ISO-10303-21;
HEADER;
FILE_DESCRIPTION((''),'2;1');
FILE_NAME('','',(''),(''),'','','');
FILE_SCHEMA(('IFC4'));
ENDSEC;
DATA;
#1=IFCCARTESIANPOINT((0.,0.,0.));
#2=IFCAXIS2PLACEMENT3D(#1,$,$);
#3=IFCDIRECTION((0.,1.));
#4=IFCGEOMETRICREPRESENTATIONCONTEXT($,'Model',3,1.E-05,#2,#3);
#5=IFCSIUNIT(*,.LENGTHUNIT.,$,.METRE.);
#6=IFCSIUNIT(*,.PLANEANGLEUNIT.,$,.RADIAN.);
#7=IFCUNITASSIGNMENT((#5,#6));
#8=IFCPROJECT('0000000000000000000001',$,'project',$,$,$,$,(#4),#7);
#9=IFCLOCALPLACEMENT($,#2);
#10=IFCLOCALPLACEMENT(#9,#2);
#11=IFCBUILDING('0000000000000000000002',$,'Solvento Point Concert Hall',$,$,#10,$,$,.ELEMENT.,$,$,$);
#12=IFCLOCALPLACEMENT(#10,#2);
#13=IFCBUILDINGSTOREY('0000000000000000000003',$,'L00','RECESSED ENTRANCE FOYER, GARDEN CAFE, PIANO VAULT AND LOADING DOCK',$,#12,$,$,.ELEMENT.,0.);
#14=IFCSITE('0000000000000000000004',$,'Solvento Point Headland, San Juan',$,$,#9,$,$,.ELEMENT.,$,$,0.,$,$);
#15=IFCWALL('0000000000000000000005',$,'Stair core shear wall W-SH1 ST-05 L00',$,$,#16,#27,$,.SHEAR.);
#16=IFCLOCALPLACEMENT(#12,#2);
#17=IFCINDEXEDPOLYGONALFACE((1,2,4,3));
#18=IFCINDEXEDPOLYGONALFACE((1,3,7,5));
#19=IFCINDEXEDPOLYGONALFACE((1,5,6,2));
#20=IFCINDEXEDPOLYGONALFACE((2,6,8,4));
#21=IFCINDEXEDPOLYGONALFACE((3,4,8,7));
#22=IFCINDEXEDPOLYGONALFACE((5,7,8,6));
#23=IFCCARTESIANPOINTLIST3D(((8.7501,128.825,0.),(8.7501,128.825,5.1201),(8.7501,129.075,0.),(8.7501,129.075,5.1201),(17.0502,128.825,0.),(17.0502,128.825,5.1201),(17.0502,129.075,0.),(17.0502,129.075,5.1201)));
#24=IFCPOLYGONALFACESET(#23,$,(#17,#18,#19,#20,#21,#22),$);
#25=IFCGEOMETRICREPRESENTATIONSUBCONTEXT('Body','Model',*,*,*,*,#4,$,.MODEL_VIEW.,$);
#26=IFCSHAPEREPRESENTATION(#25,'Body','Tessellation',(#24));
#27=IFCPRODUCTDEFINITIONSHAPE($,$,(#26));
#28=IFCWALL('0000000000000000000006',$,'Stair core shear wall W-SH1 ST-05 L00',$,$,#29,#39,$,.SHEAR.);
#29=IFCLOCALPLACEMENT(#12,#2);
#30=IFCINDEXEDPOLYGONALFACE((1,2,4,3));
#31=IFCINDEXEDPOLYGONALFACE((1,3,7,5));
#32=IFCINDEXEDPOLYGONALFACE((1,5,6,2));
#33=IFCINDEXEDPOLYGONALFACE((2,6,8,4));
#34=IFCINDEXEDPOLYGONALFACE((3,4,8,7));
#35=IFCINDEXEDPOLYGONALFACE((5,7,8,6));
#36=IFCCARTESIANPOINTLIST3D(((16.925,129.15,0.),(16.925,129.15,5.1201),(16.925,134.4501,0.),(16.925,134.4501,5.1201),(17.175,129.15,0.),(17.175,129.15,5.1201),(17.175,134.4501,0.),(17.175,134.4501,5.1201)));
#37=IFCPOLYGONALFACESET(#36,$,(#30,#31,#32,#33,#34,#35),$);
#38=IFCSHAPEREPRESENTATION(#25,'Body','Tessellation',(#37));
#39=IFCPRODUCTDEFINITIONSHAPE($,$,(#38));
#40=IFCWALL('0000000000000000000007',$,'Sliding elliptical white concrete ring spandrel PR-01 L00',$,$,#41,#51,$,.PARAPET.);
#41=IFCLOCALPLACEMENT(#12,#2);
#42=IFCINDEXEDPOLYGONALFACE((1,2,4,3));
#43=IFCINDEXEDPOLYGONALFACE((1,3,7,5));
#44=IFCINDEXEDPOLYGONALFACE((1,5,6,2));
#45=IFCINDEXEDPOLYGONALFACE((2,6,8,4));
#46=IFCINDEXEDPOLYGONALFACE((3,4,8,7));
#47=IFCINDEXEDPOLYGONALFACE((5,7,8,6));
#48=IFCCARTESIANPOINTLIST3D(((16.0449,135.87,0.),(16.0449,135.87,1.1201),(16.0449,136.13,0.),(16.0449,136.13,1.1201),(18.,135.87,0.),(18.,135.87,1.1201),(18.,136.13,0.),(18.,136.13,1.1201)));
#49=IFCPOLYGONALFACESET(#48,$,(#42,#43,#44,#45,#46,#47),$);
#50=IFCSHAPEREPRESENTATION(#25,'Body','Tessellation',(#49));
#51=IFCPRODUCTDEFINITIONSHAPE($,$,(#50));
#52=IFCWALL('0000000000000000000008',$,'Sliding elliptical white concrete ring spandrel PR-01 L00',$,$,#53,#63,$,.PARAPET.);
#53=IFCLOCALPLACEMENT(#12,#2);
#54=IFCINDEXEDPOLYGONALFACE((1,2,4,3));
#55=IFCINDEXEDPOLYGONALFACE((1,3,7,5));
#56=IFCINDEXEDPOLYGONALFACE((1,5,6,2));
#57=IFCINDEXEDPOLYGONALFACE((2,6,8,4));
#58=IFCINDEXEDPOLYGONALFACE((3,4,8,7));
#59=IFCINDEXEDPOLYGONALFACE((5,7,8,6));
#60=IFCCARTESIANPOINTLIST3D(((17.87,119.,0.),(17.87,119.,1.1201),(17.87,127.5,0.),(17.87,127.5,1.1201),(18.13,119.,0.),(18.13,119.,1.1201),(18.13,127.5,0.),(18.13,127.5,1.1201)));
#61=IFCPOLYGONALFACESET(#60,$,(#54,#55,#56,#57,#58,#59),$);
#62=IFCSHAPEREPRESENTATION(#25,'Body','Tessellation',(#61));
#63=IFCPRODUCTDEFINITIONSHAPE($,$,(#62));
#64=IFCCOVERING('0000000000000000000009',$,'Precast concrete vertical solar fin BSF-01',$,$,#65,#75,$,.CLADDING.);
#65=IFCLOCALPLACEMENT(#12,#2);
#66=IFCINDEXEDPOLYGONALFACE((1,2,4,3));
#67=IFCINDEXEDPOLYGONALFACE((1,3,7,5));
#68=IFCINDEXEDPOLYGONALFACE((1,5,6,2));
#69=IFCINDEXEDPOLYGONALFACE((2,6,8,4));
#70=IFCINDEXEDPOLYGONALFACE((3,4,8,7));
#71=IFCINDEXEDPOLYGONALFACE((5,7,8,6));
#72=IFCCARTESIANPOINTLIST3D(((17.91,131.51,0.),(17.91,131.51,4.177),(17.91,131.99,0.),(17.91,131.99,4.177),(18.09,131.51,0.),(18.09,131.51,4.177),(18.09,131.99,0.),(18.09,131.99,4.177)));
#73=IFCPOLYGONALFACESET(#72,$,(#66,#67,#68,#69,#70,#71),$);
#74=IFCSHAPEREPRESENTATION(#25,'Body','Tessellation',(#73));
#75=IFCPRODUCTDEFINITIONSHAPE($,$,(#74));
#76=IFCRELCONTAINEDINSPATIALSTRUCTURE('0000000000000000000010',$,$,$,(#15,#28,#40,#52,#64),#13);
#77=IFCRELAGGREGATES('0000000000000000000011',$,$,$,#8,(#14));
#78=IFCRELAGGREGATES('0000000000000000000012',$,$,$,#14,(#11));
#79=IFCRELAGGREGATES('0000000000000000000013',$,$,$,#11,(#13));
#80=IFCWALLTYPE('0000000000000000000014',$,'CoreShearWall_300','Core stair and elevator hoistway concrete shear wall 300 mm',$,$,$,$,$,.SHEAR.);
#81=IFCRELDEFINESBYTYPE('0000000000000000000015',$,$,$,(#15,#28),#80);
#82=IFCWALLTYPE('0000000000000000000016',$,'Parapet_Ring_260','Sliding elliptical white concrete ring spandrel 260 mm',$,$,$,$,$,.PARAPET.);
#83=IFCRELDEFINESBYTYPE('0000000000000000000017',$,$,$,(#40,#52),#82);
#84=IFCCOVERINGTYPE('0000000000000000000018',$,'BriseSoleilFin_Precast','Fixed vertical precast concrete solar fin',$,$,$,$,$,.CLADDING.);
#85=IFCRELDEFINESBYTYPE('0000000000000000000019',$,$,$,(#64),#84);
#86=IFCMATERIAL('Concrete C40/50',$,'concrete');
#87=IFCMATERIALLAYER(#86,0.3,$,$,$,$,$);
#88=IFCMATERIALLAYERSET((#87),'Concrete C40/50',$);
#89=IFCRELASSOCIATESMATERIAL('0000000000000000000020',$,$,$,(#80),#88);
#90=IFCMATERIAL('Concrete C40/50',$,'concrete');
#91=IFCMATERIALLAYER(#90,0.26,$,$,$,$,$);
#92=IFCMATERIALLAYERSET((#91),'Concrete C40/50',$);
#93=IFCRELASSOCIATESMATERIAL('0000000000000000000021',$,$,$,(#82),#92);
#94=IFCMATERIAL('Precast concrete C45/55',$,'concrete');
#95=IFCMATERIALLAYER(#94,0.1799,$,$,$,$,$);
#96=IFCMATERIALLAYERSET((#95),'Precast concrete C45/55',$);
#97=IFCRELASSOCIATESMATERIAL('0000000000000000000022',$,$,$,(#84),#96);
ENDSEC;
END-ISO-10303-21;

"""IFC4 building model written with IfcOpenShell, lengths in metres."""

from ifc_helpers import new_model, si_unit, direction, frame, frame_2d, origin, origin_2d, place, context, subcontext, project, spatial, rectangle, extrude, material, layer, layer_set, type_object, element, save


model = new_model("IFC4")

# Units and contexts
model_context = context("Model", 3, precision=1e-05, world=origin(), true_north=direction((0.0, 1.0)))
body_context = subcontext(model_context, "Body", "Model", "MODEL_VIEW")
ifc_project = project(units=[si_unit("LENGTHUNIT", "METRE"), si_unit("PLANEANGLEUNIT", "RADIAN")], contexts=[model_context])

# Site, building, storey
site_placement = place(None, origin())
site = spatial("IfcSite", under=ifc_project, at=site_placement, Name="Solvento Point Headland, San Juan", CompositionType="ELEMENT", RefElevation=0.0)
building_placement = place(site_placement, origin())
building = spatial("IfcBuilding", under=site, at=building_placement, Name="Solvento Point Concert Hall", CompositionType="ELEMENT")
storey_placement = place(building_placement, origin())
storey = spatial("IfcBuildingStorey", under=building, at=storey_placement, Name="L00", Description="RECESSED ENTRANCE FOYER, GARDEN CAFE, PIANO VAULT AND LOADING DOCK", CompositionType="ELEMENT", Elevation=0.0)

# Walls
ifc_material_1 = material(Name="Concrete C40/50", Category="concrete")
ifc_layer_1 = layer(ifc_material_1, 0.3)
ifc_layer_set_1 = layer_set([ifc_layer_1], Name="Concrete C40/50")
wall_type_1 = type_object("IfcWallType", Name="CoreShearWall_300", Description="Core stair and elevator hoistway concrete shear wall 300 mm", PredefinedType="SHEAR", material=ifc_layer_set_1)
wall_1_placement = place(storey_placement, frame((17.05, 128.95, 0.0), z_axis=(0.0, 0.0, 1.0), x_axis=(-1.0, 0.0, 0.0)))
element("IfcWall", 1, at=wall_1_placement, inside=storey, type_object=wall_type_1, Name="Stair core shear wall W-SH1 ST-05 L00", PredefinedType="SHEAR", context=body_context, shape_type="SweptSolid", body=[
    extrude(rectangle(XDim=8.3, YDim=0.25, at=frame_2d((4.1499, 0.0))), origin(), (0.0, 0.0, 1.0), 5.1201),
])
wall_2_placement = place(storey_placement, frame((17.05, 134.45, 0.0), z_axis=(0.0, 0.0, 1.0), x_axis=(0.0, -1.0, 0.0)))
element("IfcWall", 2, at=wall_2_placement, inside=storey, type_object=wall_type_1, Name="Stair core shear wall W-SH1 ST-05 L00", PredefinedType="SHEAR", context=body_context, shape_type="SweptSolid", body=[
    extrude(rectangle(XDim=5.3, YDim=0.25, at=frame_2d((2.6499, 0.0))), origin(), (0.0, 0.0, 1.0), 5.1201),
])
ifc_material_2 = material(Name="Concrete C40/50", Category="concrete")
ifc_layer_2 = layer(ifc_material_2, 0.26)
ifc_layer_set_2 = layer_set([ifc_layer_2], Name="Concrete C40/50")
wall_type_2 = type_object("IfcWallType", Name="Parapet_Ring_260", Description="Sliding elliptical white concrete ring spandrel 260 mm", PredefinedType="PARAPET", material=ifc_layer_set_2)
wall_3_placement = place(storey_placement, frame((16.0449, 136.0, 0.0), z_axis=(0.0, 0.0, 1.0), x_axis=(1.0, 0.0, 0.0)))
element("IfcWall", 3, at=wall_3_placement, inside=storey, type_object=wall_type_2, Name="Sliding elliptical white concrete ring spandrel PR-01 L00", PredefinedType="PARAPET", context=body_context, shape_type="SweptSolid", body=[
    extrude(rectangle(XDim=1.9551, YDim=0.26, at=frame_2d((0.9775, 0.0))), origin(), (0.0, 0.0, 1.0), 1.1201),
])
wall_4_placement = place(storey_placement, frame((18.0, 127.5, 0.0), z_axis=(0.0, 0.0, 1.0), x_axis=(0.0, -1.0, 0.0)))
element("IfcWall", 4, at=wall_4_placement, inside=storey, type_object=wall_type_2, Name="Sliding elliptical white concrete ring spandrel PR-01 L00", PredefinedType="PARAPET", context=body_context, shape_type="SweptSolid", body=[
    extrude(rectangle(XDim=8.5, YDim=0.26, at=frame_2d((4.25, 0.0))), origin(), (0.0, 0.0, 1.0), 1.1201),
])

# Covering
ifc_material_3 = material(Name="Precast concrete C45/55", Category="concrete")
ifc_layer_3 = layer(ifc_material_3, 0.1799)
ifc_layer_set_3 = layer_set([ifc_layer_3], Name="Precast concrete C45/55")
covering_type = type_object("IfcCoveringType", Name="BriseSoleilFin_Precast", Description="Fixed vertical precast concrete solar fin", PredefinedType="CLADDING", material=ifc_layer_set_3)
covering_placement = place(storey_placement, frame((18.0, 131.75, 0.0), z_axis=(0.0, 0.0, 1.0), x_axis=(1.0, 0.0, 0.0)))
element("IfcCovering", 5, at=covering_placement, inside=storey, type_object=covering_type, Name="Precast concrete vertical solar fin BSF-01", PredefinedType="CLADDING", context=body_context, shape_type="SweptSolid", body=[
    extrude(rectangle(XDim=0.1799, YDim=0.48, at=origin_2d()), origin(), (0.0, 0.0, 1.0), 4.177),
])

save(model, "model.ifc")
